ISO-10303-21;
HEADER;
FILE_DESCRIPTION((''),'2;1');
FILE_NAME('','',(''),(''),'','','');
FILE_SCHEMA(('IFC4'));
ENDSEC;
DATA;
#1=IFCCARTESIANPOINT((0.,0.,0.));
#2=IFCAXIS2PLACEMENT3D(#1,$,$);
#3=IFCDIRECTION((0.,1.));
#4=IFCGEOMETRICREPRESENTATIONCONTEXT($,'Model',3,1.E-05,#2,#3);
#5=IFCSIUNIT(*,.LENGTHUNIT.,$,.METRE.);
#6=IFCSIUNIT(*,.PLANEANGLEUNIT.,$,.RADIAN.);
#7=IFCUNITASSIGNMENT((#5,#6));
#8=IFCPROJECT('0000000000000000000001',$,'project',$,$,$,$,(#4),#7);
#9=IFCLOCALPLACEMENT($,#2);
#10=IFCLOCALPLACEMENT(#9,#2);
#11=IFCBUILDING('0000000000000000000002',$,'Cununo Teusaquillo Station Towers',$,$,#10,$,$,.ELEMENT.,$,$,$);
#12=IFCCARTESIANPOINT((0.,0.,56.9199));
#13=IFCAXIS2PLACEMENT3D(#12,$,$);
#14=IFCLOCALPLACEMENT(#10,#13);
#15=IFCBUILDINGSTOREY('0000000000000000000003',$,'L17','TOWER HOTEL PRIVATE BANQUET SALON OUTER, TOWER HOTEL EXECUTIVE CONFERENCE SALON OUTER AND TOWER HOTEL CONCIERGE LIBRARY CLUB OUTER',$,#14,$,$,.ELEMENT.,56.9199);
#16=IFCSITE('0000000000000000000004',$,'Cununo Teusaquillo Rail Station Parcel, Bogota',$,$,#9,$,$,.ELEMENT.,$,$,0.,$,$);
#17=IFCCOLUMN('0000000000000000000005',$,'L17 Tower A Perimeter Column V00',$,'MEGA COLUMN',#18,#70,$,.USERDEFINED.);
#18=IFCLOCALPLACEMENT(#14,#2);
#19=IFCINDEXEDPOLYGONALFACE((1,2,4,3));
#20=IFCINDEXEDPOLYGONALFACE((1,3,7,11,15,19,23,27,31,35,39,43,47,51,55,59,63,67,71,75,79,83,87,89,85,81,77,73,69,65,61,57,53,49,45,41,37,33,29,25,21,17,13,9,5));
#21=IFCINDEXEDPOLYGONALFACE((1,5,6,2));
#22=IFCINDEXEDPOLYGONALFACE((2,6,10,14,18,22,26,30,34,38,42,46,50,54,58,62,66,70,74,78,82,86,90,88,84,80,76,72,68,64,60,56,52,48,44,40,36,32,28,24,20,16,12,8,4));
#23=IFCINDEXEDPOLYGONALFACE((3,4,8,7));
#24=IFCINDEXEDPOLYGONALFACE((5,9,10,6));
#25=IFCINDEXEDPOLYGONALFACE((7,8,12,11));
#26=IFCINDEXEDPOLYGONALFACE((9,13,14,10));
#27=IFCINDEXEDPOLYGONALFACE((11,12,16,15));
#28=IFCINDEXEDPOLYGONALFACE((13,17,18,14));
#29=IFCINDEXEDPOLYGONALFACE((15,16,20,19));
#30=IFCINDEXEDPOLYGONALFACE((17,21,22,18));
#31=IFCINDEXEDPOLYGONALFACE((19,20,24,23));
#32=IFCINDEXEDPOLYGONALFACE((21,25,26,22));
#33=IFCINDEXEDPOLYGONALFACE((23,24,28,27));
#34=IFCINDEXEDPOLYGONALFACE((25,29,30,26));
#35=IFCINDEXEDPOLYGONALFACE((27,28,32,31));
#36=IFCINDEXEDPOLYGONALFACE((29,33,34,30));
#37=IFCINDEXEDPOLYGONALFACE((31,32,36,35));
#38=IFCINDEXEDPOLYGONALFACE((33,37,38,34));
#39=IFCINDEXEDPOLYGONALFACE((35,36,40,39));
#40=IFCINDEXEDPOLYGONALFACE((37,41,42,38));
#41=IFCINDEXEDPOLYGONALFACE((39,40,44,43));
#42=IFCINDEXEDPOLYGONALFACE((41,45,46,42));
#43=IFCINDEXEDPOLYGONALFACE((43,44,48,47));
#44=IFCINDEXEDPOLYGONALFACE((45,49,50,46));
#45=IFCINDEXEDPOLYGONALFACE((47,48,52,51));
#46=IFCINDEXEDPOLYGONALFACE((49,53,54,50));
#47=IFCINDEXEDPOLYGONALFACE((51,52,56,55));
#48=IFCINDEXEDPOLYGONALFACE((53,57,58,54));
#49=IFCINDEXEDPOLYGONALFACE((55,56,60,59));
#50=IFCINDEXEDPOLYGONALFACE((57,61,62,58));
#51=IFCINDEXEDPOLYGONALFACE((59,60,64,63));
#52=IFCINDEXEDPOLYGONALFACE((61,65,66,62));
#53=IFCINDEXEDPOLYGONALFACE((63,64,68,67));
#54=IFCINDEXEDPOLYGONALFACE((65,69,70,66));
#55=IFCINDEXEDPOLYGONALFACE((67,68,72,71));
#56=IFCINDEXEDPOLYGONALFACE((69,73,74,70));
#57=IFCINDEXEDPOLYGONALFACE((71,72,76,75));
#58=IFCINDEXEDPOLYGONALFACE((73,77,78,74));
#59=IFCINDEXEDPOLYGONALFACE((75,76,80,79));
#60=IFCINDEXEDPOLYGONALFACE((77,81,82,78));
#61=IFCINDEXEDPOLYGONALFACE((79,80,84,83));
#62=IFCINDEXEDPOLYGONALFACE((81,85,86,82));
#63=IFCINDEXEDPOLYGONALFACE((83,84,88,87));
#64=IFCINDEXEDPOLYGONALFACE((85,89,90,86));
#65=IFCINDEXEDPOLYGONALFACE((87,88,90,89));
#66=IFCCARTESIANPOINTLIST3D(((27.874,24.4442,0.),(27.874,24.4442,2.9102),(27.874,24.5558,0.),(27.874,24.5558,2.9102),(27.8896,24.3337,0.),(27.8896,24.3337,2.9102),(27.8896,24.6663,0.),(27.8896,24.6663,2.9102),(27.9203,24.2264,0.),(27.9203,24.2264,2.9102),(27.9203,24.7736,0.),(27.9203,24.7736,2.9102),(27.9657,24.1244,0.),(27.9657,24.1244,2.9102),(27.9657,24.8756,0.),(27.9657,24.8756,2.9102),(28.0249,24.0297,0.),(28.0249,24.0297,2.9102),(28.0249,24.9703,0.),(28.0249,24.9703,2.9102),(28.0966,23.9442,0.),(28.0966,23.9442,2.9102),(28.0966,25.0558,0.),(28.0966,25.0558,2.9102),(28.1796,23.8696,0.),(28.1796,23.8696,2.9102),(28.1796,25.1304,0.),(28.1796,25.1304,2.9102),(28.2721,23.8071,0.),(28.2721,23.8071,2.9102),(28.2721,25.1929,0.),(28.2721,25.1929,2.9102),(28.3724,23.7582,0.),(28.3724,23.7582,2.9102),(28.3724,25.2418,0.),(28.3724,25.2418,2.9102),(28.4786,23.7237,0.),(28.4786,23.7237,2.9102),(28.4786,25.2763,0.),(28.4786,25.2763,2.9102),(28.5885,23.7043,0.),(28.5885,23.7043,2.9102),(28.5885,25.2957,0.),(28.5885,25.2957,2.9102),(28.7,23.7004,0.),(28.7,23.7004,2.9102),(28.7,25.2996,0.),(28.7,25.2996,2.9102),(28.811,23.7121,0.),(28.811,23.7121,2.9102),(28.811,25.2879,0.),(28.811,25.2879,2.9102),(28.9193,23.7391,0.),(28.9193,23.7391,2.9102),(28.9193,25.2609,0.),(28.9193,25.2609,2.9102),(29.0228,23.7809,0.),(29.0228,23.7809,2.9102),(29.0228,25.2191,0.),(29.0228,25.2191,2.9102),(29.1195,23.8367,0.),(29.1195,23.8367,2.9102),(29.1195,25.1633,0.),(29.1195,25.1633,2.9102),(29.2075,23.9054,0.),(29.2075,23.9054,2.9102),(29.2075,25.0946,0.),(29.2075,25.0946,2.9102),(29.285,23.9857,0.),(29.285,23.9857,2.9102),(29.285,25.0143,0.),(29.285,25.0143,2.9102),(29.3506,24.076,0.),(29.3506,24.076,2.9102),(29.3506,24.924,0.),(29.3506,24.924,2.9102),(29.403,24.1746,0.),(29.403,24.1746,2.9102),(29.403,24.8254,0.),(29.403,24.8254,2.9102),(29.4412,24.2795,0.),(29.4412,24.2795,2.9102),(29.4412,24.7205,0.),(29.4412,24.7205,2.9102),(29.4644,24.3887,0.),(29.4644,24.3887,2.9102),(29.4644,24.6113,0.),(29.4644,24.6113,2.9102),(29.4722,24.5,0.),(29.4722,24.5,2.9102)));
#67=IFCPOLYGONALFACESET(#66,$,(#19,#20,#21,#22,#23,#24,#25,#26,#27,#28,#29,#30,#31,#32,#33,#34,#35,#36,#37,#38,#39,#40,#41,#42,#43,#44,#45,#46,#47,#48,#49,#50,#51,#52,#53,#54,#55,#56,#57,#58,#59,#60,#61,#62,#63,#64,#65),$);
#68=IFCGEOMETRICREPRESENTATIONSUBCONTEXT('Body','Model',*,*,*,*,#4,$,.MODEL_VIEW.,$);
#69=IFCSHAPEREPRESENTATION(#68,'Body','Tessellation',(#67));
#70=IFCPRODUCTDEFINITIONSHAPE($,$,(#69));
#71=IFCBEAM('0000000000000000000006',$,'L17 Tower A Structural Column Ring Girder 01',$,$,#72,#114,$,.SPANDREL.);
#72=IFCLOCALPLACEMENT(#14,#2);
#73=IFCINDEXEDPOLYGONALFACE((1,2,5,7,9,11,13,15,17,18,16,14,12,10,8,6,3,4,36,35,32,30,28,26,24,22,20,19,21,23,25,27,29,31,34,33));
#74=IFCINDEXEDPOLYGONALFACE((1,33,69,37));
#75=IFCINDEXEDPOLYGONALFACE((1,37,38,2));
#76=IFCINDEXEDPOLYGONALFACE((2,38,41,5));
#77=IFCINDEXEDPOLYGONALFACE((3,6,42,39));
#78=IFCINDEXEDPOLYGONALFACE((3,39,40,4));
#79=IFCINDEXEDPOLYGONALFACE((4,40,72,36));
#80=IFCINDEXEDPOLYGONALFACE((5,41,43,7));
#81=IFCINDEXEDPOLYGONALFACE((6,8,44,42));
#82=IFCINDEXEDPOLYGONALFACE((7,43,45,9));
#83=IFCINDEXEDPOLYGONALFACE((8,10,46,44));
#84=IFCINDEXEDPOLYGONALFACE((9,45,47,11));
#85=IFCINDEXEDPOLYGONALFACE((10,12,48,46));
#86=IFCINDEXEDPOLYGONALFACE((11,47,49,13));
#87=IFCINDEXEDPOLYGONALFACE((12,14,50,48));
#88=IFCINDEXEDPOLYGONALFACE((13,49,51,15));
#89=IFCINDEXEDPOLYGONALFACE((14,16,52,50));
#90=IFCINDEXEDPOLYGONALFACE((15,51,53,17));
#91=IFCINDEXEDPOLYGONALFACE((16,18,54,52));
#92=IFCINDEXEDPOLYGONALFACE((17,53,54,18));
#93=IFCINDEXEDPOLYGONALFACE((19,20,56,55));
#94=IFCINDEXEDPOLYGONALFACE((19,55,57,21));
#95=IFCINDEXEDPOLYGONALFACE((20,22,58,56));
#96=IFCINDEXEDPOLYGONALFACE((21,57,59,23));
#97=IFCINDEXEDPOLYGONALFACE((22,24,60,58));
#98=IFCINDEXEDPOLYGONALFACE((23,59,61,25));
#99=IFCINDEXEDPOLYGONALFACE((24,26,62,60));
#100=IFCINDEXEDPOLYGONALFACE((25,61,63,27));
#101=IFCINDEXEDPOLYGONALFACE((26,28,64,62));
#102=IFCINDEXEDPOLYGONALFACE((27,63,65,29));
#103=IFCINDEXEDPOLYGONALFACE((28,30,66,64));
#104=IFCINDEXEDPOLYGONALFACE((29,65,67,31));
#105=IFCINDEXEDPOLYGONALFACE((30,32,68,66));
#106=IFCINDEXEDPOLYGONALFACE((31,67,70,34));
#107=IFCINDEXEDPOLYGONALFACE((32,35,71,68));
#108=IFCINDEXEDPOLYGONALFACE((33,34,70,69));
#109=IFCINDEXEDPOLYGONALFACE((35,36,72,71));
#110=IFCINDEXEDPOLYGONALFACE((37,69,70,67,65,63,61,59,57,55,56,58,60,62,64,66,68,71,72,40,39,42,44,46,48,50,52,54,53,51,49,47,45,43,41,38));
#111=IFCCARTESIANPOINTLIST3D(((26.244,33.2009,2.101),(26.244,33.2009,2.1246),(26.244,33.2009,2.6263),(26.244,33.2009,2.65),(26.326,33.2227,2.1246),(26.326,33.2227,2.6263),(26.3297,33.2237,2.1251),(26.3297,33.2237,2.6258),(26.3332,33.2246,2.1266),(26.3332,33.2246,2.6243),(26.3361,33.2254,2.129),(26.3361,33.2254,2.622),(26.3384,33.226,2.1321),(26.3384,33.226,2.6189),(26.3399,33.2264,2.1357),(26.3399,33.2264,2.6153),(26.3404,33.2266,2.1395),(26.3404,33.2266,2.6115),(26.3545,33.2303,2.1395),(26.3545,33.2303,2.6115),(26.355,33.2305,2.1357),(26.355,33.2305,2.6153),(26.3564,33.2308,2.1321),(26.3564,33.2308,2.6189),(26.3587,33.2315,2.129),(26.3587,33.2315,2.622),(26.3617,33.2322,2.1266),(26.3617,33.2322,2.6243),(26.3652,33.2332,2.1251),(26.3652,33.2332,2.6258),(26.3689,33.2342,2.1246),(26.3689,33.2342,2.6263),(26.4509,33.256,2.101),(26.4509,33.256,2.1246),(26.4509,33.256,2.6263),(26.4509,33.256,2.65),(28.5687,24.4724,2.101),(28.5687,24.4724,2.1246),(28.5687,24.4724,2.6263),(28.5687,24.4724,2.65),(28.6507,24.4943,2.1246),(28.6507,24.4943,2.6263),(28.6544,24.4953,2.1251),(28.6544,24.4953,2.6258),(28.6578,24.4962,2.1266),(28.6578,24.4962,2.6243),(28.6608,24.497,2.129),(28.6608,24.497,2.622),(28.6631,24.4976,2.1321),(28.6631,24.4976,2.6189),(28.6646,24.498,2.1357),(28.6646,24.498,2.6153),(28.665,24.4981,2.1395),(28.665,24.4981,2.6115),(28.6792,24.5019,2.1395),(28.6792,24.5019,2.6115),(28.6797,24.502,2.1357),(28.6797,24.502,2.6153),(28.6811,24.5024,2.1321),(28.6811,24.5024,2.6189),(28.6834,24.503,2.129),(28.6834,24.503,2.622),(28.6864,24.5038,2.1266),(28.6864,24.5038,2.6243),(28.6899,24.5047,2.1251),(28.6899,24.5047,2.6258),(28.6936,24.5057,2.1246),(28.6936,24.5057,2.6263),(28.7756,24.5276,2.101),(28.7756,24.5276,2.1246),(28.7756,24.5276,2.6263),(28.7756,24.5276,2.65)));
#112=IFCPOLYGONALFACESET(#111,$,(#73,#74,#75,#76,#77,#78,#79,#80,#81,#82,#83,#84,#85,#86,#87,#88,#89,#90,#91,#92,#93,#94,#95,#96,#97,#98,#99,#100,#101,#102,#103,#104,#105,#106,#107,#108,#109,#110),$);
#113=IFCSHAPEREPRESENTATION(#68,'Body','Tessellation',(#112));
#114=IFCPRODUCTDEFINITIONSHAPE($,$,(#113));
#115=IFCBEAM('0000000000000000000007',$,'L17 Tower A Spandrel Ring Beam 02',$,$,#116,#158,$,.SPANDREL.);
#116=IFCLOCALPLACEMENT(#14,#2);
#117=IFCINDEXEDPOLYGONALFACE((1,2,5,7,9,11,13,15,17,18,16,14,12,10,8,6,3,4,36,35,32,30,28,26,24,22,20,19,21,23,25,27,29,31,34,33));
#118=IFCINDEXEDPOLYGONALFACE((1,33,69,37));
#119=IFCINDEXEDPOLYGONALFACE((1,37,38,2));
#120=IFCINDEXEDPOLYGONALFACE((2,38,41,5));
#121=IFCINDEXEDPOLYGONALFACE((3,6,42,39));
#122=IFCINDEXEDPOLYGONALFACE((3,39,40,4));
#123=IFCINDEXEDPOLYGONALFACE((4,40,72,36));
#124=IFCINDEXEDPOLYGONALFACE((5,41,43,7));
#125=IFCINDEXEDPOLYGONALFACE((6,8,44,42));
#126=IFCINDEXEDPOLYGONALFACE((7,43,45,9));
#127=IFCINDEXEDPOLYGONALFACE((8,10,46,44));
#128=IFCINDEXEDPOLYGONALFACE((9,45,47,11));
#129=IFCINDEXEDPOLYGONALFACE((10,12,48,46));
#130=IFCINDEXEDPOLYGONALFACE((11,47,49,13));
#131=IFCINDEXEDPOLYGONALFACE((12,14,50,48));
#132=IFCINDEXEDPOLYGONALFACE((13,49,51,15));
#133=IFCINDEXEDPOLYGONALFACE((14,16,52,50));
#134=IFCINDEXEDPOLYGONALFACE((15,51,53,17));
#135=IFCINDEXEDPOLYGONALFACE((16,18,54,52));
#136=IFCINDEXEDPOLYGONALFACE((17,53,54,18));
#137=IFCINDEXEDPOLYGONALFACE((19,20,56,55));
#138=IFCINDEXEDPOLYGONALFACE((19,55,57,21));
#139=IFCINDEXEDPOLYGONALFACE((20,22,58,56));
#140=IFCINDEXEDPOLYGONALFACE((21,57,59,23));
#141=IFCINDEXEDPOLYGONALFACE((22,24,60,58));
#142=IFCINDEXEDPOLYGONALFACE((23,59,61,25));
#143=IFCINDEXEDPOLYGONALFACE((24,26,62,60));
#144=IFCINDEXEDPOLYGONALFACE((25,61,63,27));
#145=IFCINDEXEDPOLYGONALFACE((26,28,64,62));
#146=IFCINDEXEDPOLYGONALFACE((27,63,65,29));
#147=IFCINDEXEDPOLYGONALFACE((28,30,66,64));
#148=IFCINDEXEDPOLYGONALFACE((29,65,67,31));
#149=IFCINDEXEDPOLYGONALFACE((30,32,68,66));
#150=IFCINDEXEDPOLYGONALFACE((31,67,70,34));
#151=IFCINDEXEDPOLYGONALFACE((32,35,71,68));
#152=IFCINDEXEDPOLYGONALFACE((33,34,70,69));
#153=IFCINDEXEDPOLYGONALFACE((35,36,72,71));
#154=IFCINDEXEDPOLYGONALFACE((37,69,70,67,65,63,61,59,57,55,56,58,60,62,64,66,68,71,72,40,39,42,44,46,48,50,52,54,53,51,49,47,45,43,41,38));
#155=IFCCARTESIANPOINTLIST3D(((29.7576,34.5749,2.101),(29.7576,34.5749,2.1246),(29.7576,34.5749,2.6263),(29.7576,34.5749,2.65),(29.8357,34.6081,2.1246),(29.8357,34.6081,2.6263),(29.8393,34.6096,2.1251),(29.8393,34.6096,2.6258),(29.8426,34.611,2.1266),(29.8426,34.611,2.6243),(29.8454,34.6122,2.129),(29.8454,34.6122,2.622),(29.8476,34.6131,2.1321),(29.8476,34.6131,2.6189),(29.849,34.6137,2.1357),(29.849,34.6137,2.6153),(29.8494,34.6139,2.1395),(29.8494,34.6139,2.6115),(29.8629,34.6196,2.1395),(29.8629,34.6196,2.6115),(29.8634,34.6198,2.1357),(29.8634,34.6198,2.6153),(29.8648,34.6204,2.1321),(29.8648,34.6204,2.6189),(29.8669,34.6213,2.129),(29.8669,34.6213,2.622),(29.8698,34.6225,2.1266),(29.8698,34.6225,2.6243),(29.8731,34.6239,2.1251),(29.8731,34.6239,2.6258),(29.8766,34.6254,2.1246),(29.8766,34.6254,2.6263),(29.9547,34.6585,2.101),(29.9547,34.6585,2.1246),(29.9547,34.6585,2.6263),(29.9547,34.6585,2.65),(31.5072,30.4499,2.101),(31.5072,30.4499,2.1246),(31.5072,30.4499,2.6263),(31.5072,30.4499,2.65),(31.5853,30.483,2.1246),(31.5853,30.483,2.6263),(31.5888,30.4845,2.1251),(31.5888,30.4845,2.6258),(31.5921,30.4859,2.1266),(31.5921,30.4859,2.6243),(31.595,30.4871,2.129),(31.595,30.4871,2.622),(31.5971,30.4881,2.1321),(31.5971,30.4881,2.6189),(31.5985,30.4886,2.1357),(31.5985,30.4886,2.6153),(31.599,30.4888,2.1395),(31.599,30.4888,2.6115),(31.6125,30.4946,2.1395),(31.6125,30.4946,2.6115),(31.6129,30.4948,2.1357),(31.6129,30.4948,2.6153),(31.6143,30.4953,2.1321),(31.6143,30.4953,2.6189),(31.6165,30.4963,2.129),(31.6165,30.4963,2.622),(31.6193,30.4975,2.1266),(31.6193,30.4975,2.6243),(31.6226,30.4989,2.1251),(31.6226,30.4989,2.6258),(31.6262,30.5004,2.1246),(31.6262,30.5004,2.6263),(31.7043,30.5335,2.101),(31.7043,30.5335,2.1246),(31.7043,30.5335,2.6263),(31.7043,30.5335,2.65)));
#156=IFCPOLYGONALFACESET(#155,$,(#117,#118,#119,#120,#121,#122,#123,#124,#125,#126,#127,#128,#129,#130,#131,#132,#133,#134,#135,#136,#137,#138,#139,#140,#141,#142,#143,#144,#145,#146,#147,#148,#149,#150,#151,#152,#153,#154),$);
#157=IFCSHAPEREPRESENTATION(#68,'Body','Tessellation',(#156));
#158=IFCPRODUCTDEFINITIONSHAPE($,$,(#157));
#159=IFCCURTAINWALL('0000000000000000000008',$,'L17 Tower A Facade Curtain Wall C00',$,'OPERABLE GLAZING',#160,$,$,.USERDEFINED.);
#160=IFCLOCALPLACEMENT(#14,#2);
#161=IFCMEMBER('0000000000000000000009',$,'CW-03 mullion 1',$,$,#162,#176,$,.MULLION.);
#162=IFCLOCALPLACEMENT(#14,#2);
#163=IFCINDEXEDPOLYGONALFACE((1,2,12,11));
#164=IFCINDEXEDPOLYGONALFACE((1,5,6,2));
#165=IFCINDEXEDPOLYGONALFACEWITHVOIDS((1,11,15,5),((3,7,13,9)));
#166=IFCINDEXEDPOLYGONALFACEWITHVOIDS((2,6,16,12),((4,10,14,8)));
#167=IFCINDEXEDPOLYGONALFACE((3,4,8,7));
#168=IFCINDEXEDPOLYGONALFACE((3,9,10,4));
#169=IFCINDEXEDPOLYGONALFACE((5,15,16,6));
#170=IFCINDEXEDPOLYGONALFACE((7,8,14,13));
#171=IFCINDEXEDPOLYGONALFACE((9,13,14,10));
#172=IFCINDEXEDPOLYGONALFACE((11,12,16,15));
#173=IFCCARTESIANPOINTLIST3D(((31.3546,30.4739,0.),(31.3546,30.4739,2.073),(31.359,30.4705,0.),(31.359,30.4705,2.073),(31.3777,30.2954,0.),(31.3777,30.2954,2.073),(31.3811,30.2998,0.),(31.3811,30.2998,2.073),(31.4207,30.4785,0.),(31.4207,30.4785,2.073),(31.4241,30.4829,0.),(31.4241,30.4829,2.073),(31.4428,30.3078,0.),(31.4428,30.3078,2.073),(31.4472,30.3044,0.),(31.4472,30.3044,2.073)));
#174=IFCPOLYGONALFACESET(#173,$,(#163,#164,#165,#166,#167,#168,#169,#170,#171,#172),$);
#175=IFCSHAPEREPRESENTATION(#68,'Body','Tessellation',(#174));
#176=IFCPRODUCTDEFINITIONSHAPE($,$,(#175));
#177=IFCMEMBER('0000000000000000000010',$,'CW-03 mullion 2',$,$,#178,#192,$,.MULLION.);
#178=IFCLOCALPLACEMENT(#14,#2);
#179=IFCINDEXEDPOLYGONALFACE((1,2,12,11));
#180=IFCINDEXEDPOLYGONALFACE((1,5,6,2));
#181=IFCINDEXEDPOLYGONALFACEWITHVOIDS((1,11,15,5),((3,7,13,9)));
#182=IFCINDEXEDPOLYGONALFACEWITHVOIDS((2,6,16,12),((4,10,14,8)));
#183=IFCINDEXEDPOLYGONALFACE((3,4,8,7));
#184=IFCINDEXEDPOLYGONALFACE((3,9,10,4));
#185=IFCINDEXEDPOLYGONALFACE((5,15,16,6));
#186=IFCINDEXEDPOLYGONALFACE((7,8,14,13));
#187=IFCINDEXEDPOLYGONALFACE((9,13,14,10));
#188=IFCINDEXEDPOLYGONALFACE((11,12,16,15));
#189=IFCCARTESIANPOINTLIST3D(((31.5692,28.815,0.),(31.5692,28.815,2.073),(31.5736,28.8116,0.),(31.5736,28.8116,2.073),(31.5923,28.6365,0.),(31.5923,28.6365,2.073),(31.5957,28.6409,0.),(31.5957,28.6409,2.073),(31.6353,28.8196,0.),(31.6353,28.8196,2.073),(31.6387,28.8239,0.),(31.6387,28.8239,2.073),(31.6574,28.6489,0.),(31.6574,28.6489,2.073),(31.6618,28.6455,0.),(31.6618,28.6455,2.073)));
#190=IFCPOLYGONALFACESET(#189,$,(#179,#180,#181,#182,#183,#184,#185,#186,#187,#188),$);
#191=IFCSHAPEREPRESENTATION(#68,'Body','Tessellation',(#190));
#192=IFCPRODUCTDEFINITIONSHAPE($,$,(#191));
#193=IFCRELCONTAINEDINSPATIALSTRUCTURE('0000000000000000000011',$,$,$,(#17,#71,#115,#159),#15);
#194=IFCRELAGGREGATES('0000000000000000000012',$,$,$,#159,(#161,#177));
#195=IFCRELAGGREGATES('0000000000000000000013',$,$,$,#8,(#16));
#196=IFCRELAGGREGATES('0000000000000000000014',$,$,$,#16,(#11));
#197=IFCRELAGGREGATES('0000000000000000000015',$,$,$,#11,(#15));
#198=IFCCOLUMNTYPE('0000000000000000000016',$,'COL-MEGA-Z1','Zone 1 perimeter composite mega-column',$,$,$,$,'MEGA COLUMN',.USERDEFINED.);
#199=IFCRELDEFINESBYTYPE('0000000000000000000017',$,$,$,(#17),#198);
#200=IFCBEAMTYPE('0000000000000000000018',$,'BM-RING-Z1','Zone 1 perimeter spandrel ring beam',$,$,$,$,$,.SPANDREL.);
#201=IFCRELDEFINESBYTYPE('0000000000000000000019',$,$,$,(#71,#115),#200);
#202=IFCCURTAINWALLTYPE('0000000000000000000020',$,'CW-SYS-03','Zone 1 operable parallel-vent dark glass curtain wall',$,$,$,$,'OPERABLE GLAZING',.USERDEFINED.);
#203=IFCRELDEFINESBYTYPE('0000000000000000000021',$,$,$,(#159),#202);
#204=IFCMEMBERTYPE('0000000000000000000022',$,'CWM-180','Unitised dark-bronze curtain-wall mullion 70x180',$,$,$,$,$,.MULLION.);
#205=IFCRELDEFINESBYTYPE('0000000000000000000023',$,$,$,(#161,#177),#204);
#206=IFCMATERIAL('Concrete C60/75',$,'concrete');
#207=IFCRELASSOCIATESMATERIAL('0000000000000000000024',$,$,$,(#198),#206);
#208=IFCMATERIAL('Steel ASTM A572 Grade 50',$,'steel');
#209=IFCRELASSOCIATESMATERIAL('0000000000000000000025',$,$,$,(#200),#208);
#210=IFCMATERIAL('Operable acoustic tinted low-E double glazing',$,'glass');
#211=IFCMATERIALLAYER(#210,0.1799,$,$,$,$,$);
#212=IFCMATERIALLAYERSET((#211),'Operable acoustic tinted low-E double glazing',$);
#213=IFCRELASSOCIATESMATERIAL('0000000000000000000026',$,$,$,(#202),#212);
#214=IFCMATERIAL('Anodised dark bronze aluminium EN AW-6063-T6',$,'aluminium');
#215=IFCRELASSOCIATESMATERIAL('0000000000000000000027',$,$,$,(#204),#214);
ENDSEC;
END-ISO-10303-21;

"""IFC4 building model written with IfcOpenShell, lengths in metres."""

from ifc_helpers import new_model, si_unit, direction, frame, origin, origin_2d, place, context, subcontext, project, spatial, hollow_rectangle, circle, i_section, extrude, material, layer, layer_set, material_profile, profile_set, type_object, element, aggregate, save


model = new_model("IFC4")

# Units and contexts
model_context = context("Model", 3, precision=1e-05, world=origin(), true_north=direction((0.0, 1.0)))
body_context = subcontext(model_context, "Body", "Model", "MODEL_VIEW")
ifc_project = project(units=[si_unit("LENGTHUNIT", "METRE"), si_unit("PLANEANGLEUNIT", "RADIAN")], contexts=[model_context])

# Site, building, storey
site_placement = place(None, origin())
site = spatial("IfcSite", under=ifc_project, at=site_placement, Name="Cununo Teusaquillo Rail Station Parcel, Bogota", CompositionType="ELEMENT", RefElevation=0.0)
building_placement = place(site_placement, origin())
building = spatial("IfcBuilding", under=site, at=building_placement, Name="Cununo Teusaquillo Station Towers", CompositionType="ELEMENT")
storey_placement = place(building_placement, frame((0.0, 0.0, 56.9199)))
storey = spatial("IfcBuildingStorey", under=building, at=storey_placement, Name="L17", Description="TOWER HOTEL PRIVATE BANQUET SALON OUTER, TOWER HOTEL EXECUTIVE CONFERENCE SALON OUTER AND TOWER HOTEL CONCIERGE LIBRARY CLUB OUTER", CompositionType="ELEMENT", Elevation=56.9199)

# Column
ifc_material_1 = material(Name="Concrete C60/75", Category="concrete")
ifc_material_profile_1 = material_profile(ifc_material_1, circle(Radius=0.8, at=origin_2d()), Name="RC-CIRC-1600")
ifc_profile_set_1 = profile_set([ifc_material_profile_1], Name="Concrete C60/75")
column_type = type_object("IfcColumnType", Name="COL-MEGA-Z1", Description="Zone 1 perimeter composite mega-column", ElementType="MEGA COLUMN", PredefinedType="USERDEFINED", material=ifc_profile_set_1)
column_placement = place(storey_placement, frame((28.6721, 24.5, 0.0), z_axis=(0.0, 0.0, 1.0), x_axis=(1.0, 0.0, 0.0)))
element("IfcColumn", 1, at=column_placement, inside=storey, type_object=column_type, Name="L17 Tower A Perimeter Column V00", ObjectType="MEGA COLUMN", PredefinedType="USERDEFINED", context=body_context, shape_type="SweptSolid", body=[
    extrude(circle(Radius=0.8, at=origin_2d()), origin(), (0.0, 0.0, 1.0), 2.9102),
])

# Beams
ifc_material_2 = material(Name="Steel ASTM A572 Grade 50", Category="steel")
ifc_material_profile_2 = material_profile(ifc_material_2, i_section(OverallWidth=0.2141, OverallDepth=0.5491, WebThickness=0.0146, FlangeThickness=0.0237, FilletRadius=0.0149, at=origin_2d()), Name="W21X93")
ifc_profile_set_2 = profile_set([ifc_material_profile_2], Name="Steel ASTM A572 Grade 50")
beam_type = type_object("IfcBeamType", Name="BM-RING-Z1", Description="Zone 1 perimeter spandrel ring beam", PredefinedType="SPANDREL", material=ifc_profile_set_2)
beam_1_placement = place(storey_placement, frame((28.6721, 24.5, 2.3755), z_axis=(-0.257363, 0.966315, 0.0), x_axis=(-0.966315, -0.257363, 0.0)))
element("IfcBeam", 2, at=beam_1_placement, inside=storey, type_object=beam_type, Name="L17 Tower A Structural Column Ring Girder 01", PredefinedType="SPANDREL", context=body_context, shape_type="SweptSolid", body=[
    extrude(i_section(OverallWidth=0.2141, OverallDepth=0.5491, WebThickness=0.0146, FlangeThickness=0.0237, FilletRadius=0.0149, at=origin_2d()), origin(), (0.0, 0.0, 1.0), 9.0327),
])
beam_2_placement = place(storey_placement, frame((31.6057, 30.4917, 2.3755), z_axis=(-0.390457, 0.920621, 0.0), x_axis=(-0.920621, -0.390457, 0.0)))
element("IfcBeam", 3, at=beam_2_placement, inside=storey, type_object=beam_type, Name="L17 Tower A Spandrel Ring Beam 02", PredefinedType="SPANDREL", context=body_context, shape_type="SweptSolid", body=[
    extrude(i_section(OverallWidth=0.2141, OverallDepth=0.5491, WebThickness=0.0146, FlangeThickness=0.0237, FilletRadius=0.0149, at=origin_2d()), origin(), (0.0, 0.0, 1.0), 4.4807),
])

# Curtain wall, members
ifc_material_3 = material(Name="Operable acoustic tinted low-E double glazing", Category="glass")
ifc_layer_1 = layer(ifc_material_3, 0.1799)
ifc_layer_set_1 = layer_set([ifc_layer_1], Name="Operable acoustic tinted low-E double glazing")
curtain_wall_type = type_object("IfcCurtainWallType", Name="CW-SYS-03", Description="Zone 1 operable parallel-vent dark glass curtain wall", ElementType="OPERABLE GLAZING", PredefinedType="USERDEFINED", material=ifc_layer_set_1)
curtain_wall_placement = place(storey_placement, origin())
curtain_wall = element("IfcCurtainWall", 4, at=curtain_wall_placement, inside=storey, type_object=curtain_wall_type, Name="L17 Tower A Facade Curtain Wall C00", ObjectType="OPERABLE GLAZING", PredefinedType="USERDEFINED")
ifc_material_4 = material(Name="Anodised dark bronze aluminium EN AW-6063-T6", Category="aluminium")
ifc_material_profile_3 = material_profile(ifc_material_4, hollow_rectangle(XDim=0.0701, YDim=0.1799, WallThickness=0.0039, at=origin_2d()), Name="CW-MULL-70x180")
ifc_profile_set_3 = profile_set([ifc_material_profile_3], Name="Anodised dark bronze aluminium EN AW-6063-T6")
member_type_1 = type_object("IfcMemberType", Name="CWM-180", Description="Unitised dark-bronze curtain-wall mullion 70x180", PredefinedType="MULLION", material=ifc_profile_set_3)
member_1_placement = place(storey_placement, frame((31.4009, 30.3892, 0.0), z_axis=(0.0, 0.0, 1.0), x_axis=(0.991731, 0.128336, 0.0)))
member_1 = element("IfcMember", 5, at=member_1_placement, type_object=member_type_1, Name="CW-03 mullion 1", PredefinedType="MULLION", context=body_context, shape_type="SweptSolid", body=[
    extrude(hollow_rectangle(XDim=0.0701, YDim=0.1799, WallThickness=0.0039, at=origin_2d()), origin(), (0.0, 0.0, 1.0), 2.073),
])
member_2_placement = place(storey_placement, frame((31.6155, 28.7302, 0.0), z_axis=(0.0, 0.0, 1.0), x_axis=(0.991731, 0.128336, 0.0)))
member_2 = element("IfcMember", 6, at=member_2_placement, type_object=member_type_1, Name="CW-03 mullion 2", PredefinedType="MULLION", context=body_context, shape_type="SweptSolid", body=[
    extrude(hollow_rectangle(XDim=0.0701, YDim=0.1799, WallThickness=0.0039, at=origin_2d()), origin(), (0.0, 0.0, 1.0), 2.073),
])

aggregate(curtain_wall, [member_1, member_2])

save(model, "model.ifc")
